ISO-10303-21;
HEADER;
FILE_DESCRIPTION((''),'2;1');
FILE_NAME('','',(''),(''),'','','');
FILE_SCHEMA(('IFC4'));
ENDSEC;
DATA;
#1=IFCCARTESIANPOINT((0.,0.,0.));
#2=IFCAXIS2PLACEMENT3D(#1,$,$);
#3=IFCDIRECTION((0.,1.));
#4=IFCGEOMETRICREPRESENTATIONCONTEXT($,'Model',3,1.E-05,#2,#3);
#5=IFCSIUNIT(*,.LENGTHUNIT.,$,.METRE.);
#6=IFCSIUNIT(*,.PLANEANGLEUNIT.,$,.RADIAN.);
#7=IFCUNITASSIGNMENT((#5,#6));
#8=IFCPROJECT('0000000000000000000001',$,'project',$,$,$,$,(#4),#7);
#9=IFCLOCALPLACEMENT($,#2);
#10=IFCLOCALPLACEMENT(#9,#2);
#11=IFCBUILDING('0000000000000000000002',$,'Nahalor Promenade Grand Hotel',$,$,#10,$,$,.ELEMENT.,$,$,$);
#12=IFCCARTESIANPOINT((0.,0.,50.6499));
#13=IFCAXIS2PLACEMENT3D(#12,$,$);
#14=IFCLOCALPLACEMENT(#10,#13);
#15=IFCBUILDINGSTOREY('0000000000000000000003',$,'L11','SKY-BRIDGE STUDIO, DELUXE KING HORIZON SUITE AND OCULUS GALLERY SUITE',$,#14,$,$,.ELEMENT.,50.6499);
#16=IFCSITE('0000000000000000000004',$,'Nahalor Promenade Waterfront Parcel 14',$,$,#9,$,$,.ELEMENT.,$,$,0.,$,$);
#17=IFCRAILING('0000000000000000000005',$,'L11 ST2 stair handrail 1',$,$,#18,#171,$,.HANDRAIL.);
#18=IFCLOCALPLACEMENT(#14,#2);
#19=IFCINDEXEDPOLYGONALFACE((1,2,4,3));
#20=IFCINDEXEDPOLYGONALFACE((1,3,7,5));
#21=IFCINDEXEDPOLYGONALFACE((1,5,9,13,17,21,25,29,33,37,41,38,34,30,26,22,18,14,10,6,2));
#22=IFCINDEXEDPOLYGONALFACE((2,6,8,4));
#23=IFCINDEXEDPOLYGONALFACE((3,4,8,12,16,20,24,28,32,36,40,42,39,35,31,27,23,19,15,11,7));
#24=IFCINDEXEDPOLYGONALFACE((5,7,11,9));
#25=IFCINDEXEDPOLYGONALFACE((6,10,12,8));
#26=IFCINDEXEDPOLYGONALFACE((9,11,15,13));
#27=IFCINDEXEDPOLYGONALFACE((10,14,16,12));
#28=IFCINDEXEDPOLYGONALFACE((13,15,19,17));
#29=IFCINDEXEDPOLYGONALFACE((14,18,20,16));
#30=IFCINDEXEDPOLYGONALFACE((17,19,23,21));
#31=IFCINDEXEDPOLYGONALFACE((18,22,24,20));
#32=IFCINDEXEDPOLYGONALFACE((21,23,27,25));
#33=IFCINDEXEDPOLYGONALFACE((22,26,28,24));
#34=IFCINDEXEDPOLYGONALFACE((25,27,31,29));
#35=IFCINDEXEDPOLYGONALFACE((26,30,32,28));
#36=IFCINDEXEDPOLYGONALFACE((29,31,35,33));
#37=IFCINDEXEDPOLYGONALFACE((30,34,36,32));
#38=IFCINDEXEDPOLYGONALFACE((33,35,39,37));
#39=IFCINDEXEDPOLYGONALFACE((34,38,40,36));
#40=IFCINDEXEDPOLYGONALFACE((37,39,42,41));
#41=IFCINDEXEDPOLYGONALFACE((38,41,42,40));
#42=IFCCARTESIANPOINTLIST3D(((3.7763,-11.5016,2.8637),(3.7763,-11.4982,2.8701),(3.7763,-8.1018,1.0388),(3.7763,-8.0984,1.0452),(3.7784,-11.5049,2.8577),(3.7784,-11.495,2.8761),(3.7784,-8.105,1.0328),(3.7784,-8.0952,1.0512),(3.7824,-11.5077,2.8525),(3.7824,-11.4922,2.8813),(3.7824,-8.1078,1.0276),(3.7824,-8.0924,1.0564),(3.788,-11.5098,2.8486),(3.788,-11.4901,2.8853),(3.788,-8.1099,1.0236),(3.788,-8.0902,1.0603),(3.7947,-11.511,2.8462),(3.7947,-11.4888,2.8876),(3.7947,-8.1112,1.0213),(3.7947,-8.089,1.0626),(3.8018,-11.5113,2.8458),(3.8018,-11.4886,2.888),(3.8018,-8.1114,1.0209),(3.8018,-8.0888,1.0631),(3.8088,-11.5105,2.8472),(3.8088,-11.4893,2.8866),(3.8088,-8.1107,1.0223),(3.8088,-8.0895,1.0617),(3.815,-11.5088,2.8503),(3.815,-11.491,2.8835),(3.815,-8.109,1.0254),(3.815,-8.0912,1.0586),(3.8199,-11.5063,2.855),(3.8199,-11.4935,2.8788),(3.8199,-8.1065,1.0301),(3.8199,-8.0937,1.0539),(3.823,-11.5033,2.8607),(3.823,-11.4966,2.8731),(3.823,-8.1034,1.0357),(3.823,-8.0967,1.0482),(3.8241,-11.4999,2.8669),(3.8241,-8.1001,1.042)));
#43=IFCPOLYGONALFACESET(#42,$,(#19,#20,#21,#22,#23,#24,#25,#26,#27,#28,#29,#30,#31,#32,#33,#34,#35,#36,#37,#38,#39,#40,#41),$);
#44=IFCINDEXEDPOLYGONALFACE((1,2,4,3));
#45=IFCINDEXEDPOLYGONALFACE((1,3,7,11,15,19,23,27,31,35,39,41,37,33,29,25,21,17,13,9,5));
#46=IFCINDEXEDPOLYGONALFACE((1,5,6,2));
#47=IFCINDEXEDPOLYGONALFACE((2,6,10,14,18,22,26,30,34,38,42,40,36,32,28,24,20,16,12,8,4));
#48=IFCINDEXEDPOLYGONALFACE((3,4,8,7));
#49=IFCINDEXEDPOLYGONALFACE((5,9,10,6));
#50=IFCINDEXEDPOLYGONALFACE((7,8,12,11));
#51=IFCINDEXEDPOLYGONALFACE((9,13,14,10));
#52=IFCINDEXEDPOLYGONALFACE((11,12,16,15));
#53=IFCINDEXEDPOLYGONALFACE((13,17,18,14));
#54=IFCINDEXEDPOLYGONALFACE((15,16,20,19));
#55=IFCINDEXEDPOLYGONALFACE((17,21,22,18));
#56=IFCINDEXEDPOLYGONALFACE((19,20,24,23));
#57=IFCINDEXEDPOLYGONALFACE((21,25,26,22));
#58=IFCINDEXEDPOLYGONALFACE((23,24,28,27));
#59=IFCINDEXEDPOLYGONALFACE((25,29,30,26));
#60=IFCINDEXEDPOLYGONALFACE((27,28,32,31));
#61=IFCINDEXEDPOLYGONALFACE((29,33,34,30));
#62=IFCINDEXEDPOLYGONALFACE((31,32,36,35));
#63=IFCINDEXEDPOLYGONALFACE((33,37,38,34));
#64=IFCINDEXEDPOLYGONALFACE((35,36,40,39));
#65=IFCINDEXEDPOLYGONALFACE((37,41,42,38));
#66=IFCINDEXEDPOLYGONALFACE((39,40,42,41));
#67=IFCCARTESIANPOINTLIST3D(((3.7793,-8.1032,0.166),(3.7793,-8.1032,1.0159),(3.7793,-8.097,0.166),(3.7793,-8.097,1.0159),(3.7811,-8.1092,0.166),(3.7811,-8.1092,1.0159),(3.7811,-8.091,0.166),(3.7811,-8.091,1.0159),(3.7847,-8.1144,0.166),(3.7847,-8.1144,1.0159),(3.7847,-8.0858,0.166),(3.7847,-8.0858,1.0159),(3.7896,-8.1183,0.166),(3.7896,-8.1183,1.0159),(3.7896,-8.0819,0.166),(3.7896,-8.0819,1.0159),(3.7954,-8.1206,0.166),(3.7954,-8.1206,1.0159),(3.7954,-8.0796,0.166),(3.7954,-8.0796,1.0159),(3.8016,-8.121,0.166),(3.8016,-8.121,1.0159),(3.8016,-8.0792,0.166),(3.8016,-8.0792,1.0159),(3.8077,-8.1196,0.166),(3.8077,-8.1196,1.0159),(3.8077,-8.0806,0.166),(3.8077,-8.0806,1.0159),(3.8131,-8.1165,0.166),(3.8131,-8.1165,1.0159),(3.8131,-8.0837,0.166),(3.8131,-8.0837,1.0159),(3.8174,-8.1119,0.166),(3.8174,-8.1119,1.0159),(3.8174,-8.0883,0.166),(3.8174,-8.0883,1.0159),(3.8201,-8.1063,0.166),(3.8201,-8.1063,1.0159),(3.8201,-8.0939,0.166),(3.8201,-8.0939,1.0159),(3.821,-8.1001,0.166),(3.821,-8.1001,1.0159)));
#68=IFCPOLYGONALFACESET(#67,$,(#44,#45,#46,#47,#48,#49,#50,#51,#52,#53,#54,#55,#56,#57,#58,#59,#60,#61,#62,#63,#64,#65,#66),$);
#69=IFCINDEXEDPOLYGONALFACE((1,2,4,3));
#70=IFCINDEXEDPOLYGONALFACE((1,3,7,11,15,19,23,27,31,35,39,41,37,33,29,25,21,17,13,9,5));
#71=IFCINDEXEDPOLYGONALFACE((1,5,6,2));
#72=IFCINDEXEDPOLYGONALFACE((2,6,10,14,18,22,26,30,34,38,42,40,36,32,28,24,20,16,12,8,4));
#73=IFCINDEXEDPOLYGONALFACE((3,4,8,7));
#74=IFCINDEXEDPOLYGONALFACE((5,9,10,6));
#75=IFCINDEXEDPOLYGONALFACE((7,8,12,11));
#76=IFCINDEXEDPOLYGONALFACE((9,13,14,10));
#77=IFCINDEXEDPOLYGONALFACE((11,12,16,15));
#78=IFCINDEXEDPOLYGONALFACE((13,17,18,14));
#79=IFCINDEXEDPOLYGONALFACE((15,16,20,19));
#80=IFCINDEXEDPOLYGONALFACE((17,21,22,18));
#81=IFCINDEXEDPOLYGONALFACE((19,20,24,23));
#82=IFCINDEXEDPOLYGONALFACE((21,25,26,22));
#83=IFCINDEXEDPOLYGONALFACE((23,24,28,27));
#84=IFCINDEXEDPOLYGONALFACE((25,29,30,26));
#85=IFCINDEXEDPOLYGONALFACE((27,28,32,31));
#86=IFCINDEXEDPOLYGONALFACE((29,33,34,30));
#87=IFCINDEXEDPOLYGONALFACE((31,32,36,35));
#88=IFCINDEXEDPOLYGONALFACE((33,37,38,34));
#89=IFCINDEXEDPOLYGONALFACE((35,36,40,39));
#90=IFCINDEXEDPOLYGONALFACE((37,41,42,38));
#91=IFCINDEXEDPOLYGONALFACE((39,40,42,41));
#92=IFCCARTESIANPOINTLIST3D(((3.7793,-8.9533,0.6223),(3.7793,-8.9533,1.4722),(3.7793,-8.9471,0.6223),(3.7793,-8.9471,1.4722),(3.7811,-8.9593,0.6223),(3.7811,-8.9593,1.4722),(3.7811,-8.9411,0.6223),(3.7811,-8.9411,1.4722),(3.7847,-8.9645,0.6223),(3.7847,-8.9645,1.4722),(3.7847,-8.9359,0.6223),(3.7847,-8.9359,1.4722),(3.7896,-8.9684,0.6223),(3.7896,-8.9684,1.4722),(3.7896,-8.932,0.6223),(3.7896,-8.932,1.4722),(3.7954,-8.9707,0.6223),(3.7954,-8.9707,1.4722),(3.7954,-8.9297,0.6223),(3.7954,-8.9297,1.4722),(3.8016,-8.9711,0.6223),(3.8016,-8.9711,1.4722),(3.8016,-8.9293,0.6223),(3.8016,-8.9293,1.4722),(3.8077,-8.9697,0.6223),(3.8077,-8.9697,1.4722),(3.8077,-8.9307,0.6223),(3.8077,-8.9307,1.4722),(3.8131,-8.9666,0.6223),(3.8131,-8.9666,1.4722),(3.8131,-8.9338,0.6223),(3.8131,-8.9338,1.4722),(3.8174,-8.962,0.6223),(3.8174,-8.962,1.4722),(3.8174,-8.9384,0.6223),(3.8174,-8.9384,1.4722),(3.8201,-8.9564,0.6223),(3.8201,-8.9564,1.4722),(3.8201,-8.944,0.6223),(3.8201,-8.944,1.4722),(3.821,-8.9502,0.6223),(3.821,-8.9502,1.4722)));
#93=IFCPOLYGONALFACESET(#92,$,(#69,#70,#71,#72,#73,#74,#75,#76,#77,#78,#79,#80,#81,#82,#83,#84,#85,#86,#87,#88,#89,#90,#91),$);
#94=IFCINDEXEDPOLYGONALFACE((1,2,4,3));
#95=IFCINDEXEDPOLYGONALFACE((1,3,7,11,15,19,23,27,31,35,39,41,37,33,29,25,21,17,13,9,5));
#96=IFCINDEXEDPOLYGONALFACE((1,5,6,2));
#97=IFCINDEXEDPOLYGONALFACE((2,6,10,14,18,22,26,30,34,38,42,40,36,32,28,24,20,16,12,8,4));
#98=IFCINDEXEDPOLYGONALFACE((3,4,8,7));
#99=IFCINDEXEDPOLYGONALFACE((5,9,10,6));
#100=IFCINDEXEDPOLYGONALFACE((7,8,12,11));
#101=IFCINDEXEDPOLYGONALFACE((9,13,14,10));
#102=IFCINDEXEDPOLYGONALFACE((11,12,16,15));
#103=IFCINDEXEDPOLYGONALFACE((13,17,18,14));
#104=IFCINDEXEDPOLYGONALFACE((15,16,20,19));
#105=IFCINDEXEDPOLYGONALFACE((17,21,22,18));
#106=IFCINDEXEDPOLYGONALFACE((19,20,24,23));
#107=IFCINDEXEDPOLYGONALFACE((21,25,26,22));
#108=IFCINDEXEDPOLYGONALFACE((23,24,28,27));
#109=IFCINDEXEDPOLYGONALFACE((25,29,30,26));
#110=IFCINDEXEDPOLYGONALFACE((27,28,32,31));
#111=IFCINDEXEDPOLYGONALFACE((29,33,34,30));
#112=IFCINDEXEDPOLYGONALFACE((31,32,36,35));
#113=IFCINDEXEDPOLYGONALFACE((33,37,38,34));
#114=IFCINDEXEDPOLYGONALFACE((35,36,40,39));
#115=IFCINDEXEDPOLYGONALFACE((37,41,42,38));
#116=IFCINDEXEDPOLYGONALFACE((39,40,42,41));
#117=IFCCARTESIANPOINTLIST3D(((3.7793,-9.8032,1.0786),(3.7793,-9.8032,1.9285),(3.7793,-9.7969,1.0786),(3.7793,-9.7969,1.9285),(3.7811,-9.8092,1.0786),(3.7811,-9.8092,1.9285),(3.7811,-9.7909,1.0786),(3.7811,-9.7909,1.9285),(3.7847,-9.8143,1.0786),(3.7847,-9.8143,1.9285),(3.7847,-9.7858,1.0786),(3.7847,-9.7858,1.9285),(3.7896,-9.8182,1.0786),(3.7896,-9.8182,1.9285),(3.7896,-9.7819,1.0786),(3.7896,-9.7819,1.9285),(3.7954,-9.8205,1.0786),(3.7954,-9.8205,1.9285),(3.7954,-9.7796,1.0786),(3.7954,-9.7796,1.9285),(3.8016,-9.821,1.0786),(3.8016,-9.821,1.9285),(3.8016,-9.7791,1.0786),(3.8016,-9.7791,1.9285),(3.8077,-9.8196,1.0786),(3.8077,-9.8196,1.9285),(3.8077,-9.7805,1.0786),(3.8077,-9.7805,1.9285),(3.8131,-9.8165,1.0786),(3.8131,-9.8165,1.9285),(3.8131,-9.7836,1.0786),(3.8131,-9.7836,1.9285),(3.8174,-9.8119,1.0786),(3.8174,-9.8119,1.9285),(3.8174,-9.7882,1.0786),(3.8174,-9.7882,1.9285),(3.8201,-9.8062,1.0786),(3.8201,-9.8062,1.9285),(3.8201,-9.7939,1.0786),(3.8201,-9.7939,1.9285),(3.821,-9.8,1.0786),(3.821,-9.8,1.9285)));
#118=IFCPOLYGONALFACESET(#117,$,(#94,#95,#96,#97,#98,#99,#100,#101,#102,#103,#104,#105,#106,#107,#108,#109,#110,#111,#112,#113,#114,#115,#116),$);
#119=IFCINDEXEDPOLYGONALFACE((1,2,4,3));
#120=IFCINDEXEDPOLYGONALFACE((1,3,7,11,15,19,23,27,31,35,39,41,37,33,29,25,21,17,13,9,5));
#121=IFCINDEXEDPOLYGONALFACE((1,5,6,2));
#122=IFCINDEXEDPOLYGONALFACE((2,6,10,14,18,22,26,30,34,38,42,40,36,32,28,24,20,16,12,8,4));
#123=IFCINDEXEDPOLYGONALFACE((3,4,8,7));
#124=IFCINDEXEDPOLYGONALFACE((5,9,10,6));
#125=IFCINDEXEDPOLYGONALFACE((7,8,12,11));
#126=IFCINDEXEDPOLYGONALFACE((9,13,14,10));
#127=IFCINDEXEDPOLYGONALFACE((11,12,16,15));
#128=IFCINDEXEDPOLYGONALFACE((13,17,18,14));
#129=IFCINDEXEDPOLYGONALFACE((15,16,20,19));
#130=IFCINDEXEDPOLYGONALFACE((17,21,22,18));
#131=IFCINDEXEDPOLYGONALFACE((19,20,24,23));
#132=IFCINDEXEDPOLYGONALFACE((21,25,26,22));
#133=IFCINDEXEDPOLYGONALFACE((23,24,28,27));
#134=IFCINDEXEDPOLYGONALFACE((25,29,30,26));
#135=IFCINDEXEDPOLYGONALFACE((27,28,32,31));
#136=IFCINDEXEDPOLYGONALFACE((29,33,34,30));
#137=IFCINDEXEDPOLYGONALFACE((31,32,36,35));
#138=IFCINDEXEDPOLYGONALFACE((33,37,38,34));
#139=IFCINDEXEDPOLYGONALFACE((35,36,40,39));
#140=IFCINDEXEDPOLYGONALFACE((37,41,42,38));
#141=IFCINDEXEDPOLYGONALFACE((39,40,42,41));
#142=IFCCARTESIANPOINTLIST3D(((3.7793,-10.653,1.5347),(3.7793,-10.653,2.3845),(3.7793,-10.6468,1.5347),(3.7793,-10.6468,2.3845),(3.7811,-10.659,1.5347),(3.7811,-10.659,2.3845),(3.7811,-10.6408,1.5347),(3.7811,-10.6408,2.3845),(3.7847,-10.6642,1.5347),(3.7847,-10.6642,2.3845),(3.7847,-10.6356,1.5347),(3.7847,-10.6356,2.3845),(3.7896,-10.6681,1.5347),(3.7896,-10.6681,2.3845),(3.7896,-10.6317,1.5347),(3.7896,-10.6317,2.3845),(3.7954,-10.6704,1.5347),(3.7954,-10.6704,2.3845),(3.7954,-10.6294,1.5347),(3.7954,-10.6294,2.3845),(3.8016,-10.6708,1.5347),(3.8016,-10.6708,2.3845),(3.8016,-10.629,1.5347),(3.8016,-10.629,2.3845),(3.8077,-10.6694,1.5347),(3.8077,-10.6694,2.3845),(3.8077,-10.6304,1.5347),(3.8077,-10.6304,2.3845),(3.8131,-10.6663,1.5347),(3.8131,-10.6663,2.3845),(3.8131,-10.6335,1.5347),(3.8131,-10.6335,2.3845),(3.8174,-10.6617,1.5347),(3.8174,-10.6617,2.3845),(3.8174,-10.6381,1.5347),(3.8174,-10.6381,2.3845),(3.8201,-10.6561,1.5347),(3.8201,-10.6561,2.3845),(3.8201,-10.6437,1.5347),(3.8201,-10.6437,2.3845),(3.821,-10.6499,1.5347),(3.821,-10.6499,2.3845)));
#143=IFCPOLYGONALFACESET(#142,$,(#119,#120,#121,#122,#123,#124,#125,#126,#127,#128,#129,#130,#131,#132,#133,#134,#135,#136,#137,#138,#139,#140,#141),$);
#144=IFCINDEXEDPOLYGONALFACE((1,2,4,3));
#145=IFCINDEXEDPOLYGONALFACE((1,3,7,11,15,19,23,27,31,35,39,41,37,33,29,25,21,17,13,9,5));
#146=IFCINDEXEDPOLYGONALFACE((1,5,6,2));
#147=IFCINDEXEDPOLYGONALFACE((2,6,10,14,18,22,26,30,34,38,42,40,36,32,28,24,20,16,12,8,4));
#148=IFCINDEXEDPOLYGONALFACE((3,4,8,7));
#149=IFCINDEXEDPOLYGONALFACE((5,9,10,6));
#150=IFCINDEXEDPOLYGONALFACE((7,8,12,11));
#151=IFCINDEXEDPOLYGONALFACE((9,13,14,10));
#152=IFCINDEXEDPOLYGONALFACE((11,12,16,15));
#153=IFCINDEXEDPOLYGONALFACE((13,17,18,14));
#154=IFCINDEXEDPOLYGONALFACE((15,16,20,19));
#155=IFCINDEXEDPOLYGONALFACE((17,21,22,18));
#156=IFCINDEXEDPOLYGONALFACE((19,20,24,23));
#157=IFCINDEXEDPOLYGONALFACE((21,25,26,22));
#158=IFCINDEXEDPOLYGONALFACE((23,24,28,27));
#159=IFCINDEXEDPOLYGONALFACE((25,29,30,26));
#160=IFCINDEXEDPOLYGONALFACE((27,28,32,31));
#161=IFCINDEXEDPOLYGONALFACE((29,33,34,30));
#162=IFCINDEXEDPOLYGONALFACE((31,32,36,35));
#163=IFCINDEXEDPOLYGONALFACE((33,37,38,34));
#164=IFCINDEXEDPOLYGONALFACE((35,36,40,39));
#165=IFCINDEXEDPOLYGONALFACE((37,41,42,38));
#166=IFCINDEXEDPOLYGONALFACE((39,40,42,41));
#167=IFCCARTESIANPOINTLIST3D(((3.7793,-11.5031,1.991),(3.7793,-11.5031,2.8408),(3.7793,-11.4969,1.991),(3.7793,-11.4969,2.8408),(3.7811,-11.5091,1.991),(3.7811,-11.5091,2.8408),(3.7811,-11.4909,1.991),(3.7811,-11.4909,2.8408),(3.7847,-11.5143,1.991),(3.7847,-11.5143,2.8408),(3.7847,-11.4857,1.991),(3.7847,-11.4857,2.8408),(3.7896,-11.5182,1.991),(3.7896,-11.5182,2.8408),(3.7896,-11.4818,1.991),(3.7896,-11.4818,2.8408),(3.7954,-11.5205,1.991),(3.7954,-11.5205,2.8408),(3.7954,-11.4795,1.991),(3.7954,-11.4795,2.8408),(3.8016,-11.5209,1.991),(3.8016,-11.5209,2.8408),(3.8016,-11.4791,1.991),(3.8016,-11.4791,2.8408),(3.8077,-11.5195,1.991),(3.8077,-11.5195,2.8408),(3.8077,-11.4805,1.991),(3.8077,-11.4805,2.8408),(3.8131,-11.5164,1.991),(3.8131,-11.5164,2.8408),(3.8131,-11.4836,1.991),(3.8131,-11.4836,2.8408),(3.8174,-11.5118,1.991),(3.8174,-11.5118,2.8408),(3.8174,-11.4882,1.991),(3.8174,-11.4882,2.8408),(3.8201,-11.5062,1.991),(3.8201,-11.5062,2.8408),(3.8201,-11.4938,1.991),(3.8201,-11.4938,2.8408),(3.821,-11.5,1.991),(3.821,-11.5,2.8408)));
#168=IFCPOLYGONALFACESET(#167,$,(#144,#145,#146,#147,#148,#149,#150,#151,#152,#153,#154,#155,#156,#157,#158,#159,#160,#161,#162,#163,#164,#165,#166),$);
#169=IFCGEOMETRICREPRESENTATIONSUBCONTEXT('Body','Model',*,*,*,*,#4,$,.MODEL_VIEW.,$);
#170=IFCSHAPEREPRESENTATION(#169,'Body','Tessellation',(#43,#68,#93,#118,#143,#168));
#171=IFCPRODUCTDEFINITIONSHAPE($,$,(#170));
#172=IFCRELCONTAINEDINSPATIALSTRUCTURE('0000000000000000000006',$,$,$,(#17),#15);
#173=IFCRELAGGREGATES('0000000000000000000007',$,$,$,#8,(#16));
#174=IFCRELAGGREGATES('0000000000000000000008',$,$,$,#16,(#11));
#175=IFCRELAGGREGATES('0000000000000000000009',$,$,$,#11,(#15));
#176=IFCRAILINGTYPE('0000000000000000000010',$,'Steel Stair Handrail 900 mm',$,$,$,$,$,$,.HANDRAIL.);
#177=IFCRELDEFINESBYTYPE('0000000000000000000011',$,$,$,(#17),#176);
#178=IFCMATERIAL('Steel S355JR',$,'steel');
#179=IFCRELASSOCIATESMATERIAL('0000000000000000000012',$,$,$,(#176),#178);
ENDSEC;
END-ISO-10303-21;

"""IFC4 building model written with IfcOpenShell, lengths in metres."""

from ifc_helpers import new_model, si_unit, direction, frame, origin, origin_2d, place, context, subcontext, project, spatial, circle, extrude, material, type_object, element, save


model = new_model("IFC4")

# Units and contexts
model_context = context("Model", 3, precision=1e-05, world=origin(), true_north=direction((0.0, 1.0)))
body_context = subcontext(model_context, "Body", "Model", "MODEL_VIEW")
ifc_project = project(units=[si_unit("LENGTHUNIT", "METRE"), si_unit("PLANEANGLEUNIT", "RADIAN")], contexts=[model_context])

# Site, building, storey
site_placement = place(None, origin())
site = spatial("IfcSite", under=ifc_project, at=site_placement, Name="Nahalor Promenade Waterfront Parcel 14", CompositionType="ELEMENT", RefElevation=0.0)
building_placement = place(site_placement, origin())
building = spatial("IfcBuilding", under=site, at=building_placement, Name="Nahalor Promenade Grand Hotel", CompositionType="ELEMENT")
storey_placement = place(building_placement, frame((0.0, 0.0, 50.6499)))
storey = spatial("IfcBuildingStorey", under=building, at=storey_placement, Name="L11", Description="SKY-BRIDGE STUDIO, DELUXE KING HORIZON SUITE AND OCULUS GALLERY SUITE", CompositionType="ELEMENT", Elevation=50.6499)

# Shared definitions
ifc_material_1 = material(Name="Steel S355JR", Category="steel")

# Railing
railing_type_1 = type_object("IfcRailingType", Name="Steel Stair Handrail 900 mm", PredefinedType="HANDRAIL", material=ifc_material_1)
railing_1_placement = place(storey_placement, frame((3.8, -8.1001, 0.166)))
element("IfcRailing", 1, at=railing_1_placement, inside=storey, type_object=railing_type_1, Name="L11 ST2 stair handrail 1", PredefinedType="HANDRAIL", context=body_context, shape_type="SweptSolid", body=[
    extrude(circle(Radius=0.024, at=origin_2d()), frame((0.0, 0.0, 0.876), z_axis=(0.0, -0.881094, 0.472941), x_axis=(1.0, 0.0, 0.0)), (0.0, 0.0, 1.0), 3.8586),
    extrude(circle(Radius=0.021, at=origin_2d()), origin(), (0.0, 0.0, 1.0), 0.8499),
    extrude(circle(Radius=0.021, at=origin_2d()), frame((0.0, -0.8501, 0.4563)), (0.0, 0.0, 1.0), 0.8499),
    extrude(circle(Radius=0.021, at=origin_2d()), frame((0.0, -1.7, 0.9126)), (0.0, 0.0, 1.0), 0.8499),
    extrude(circle(Radius=0.021, at=origin_2d()), frame((0.0, -2.5498, 1.3687)), (0.0, 0.0, 1.0), 0.8499),
    extrude(circle(Radius=0.021, at=origin_2d()), frame((0.0, -3.3999, 1.825)), (0.0, 0.0, 1.0), 0.8499),
])

save(model, "model.ifc")
